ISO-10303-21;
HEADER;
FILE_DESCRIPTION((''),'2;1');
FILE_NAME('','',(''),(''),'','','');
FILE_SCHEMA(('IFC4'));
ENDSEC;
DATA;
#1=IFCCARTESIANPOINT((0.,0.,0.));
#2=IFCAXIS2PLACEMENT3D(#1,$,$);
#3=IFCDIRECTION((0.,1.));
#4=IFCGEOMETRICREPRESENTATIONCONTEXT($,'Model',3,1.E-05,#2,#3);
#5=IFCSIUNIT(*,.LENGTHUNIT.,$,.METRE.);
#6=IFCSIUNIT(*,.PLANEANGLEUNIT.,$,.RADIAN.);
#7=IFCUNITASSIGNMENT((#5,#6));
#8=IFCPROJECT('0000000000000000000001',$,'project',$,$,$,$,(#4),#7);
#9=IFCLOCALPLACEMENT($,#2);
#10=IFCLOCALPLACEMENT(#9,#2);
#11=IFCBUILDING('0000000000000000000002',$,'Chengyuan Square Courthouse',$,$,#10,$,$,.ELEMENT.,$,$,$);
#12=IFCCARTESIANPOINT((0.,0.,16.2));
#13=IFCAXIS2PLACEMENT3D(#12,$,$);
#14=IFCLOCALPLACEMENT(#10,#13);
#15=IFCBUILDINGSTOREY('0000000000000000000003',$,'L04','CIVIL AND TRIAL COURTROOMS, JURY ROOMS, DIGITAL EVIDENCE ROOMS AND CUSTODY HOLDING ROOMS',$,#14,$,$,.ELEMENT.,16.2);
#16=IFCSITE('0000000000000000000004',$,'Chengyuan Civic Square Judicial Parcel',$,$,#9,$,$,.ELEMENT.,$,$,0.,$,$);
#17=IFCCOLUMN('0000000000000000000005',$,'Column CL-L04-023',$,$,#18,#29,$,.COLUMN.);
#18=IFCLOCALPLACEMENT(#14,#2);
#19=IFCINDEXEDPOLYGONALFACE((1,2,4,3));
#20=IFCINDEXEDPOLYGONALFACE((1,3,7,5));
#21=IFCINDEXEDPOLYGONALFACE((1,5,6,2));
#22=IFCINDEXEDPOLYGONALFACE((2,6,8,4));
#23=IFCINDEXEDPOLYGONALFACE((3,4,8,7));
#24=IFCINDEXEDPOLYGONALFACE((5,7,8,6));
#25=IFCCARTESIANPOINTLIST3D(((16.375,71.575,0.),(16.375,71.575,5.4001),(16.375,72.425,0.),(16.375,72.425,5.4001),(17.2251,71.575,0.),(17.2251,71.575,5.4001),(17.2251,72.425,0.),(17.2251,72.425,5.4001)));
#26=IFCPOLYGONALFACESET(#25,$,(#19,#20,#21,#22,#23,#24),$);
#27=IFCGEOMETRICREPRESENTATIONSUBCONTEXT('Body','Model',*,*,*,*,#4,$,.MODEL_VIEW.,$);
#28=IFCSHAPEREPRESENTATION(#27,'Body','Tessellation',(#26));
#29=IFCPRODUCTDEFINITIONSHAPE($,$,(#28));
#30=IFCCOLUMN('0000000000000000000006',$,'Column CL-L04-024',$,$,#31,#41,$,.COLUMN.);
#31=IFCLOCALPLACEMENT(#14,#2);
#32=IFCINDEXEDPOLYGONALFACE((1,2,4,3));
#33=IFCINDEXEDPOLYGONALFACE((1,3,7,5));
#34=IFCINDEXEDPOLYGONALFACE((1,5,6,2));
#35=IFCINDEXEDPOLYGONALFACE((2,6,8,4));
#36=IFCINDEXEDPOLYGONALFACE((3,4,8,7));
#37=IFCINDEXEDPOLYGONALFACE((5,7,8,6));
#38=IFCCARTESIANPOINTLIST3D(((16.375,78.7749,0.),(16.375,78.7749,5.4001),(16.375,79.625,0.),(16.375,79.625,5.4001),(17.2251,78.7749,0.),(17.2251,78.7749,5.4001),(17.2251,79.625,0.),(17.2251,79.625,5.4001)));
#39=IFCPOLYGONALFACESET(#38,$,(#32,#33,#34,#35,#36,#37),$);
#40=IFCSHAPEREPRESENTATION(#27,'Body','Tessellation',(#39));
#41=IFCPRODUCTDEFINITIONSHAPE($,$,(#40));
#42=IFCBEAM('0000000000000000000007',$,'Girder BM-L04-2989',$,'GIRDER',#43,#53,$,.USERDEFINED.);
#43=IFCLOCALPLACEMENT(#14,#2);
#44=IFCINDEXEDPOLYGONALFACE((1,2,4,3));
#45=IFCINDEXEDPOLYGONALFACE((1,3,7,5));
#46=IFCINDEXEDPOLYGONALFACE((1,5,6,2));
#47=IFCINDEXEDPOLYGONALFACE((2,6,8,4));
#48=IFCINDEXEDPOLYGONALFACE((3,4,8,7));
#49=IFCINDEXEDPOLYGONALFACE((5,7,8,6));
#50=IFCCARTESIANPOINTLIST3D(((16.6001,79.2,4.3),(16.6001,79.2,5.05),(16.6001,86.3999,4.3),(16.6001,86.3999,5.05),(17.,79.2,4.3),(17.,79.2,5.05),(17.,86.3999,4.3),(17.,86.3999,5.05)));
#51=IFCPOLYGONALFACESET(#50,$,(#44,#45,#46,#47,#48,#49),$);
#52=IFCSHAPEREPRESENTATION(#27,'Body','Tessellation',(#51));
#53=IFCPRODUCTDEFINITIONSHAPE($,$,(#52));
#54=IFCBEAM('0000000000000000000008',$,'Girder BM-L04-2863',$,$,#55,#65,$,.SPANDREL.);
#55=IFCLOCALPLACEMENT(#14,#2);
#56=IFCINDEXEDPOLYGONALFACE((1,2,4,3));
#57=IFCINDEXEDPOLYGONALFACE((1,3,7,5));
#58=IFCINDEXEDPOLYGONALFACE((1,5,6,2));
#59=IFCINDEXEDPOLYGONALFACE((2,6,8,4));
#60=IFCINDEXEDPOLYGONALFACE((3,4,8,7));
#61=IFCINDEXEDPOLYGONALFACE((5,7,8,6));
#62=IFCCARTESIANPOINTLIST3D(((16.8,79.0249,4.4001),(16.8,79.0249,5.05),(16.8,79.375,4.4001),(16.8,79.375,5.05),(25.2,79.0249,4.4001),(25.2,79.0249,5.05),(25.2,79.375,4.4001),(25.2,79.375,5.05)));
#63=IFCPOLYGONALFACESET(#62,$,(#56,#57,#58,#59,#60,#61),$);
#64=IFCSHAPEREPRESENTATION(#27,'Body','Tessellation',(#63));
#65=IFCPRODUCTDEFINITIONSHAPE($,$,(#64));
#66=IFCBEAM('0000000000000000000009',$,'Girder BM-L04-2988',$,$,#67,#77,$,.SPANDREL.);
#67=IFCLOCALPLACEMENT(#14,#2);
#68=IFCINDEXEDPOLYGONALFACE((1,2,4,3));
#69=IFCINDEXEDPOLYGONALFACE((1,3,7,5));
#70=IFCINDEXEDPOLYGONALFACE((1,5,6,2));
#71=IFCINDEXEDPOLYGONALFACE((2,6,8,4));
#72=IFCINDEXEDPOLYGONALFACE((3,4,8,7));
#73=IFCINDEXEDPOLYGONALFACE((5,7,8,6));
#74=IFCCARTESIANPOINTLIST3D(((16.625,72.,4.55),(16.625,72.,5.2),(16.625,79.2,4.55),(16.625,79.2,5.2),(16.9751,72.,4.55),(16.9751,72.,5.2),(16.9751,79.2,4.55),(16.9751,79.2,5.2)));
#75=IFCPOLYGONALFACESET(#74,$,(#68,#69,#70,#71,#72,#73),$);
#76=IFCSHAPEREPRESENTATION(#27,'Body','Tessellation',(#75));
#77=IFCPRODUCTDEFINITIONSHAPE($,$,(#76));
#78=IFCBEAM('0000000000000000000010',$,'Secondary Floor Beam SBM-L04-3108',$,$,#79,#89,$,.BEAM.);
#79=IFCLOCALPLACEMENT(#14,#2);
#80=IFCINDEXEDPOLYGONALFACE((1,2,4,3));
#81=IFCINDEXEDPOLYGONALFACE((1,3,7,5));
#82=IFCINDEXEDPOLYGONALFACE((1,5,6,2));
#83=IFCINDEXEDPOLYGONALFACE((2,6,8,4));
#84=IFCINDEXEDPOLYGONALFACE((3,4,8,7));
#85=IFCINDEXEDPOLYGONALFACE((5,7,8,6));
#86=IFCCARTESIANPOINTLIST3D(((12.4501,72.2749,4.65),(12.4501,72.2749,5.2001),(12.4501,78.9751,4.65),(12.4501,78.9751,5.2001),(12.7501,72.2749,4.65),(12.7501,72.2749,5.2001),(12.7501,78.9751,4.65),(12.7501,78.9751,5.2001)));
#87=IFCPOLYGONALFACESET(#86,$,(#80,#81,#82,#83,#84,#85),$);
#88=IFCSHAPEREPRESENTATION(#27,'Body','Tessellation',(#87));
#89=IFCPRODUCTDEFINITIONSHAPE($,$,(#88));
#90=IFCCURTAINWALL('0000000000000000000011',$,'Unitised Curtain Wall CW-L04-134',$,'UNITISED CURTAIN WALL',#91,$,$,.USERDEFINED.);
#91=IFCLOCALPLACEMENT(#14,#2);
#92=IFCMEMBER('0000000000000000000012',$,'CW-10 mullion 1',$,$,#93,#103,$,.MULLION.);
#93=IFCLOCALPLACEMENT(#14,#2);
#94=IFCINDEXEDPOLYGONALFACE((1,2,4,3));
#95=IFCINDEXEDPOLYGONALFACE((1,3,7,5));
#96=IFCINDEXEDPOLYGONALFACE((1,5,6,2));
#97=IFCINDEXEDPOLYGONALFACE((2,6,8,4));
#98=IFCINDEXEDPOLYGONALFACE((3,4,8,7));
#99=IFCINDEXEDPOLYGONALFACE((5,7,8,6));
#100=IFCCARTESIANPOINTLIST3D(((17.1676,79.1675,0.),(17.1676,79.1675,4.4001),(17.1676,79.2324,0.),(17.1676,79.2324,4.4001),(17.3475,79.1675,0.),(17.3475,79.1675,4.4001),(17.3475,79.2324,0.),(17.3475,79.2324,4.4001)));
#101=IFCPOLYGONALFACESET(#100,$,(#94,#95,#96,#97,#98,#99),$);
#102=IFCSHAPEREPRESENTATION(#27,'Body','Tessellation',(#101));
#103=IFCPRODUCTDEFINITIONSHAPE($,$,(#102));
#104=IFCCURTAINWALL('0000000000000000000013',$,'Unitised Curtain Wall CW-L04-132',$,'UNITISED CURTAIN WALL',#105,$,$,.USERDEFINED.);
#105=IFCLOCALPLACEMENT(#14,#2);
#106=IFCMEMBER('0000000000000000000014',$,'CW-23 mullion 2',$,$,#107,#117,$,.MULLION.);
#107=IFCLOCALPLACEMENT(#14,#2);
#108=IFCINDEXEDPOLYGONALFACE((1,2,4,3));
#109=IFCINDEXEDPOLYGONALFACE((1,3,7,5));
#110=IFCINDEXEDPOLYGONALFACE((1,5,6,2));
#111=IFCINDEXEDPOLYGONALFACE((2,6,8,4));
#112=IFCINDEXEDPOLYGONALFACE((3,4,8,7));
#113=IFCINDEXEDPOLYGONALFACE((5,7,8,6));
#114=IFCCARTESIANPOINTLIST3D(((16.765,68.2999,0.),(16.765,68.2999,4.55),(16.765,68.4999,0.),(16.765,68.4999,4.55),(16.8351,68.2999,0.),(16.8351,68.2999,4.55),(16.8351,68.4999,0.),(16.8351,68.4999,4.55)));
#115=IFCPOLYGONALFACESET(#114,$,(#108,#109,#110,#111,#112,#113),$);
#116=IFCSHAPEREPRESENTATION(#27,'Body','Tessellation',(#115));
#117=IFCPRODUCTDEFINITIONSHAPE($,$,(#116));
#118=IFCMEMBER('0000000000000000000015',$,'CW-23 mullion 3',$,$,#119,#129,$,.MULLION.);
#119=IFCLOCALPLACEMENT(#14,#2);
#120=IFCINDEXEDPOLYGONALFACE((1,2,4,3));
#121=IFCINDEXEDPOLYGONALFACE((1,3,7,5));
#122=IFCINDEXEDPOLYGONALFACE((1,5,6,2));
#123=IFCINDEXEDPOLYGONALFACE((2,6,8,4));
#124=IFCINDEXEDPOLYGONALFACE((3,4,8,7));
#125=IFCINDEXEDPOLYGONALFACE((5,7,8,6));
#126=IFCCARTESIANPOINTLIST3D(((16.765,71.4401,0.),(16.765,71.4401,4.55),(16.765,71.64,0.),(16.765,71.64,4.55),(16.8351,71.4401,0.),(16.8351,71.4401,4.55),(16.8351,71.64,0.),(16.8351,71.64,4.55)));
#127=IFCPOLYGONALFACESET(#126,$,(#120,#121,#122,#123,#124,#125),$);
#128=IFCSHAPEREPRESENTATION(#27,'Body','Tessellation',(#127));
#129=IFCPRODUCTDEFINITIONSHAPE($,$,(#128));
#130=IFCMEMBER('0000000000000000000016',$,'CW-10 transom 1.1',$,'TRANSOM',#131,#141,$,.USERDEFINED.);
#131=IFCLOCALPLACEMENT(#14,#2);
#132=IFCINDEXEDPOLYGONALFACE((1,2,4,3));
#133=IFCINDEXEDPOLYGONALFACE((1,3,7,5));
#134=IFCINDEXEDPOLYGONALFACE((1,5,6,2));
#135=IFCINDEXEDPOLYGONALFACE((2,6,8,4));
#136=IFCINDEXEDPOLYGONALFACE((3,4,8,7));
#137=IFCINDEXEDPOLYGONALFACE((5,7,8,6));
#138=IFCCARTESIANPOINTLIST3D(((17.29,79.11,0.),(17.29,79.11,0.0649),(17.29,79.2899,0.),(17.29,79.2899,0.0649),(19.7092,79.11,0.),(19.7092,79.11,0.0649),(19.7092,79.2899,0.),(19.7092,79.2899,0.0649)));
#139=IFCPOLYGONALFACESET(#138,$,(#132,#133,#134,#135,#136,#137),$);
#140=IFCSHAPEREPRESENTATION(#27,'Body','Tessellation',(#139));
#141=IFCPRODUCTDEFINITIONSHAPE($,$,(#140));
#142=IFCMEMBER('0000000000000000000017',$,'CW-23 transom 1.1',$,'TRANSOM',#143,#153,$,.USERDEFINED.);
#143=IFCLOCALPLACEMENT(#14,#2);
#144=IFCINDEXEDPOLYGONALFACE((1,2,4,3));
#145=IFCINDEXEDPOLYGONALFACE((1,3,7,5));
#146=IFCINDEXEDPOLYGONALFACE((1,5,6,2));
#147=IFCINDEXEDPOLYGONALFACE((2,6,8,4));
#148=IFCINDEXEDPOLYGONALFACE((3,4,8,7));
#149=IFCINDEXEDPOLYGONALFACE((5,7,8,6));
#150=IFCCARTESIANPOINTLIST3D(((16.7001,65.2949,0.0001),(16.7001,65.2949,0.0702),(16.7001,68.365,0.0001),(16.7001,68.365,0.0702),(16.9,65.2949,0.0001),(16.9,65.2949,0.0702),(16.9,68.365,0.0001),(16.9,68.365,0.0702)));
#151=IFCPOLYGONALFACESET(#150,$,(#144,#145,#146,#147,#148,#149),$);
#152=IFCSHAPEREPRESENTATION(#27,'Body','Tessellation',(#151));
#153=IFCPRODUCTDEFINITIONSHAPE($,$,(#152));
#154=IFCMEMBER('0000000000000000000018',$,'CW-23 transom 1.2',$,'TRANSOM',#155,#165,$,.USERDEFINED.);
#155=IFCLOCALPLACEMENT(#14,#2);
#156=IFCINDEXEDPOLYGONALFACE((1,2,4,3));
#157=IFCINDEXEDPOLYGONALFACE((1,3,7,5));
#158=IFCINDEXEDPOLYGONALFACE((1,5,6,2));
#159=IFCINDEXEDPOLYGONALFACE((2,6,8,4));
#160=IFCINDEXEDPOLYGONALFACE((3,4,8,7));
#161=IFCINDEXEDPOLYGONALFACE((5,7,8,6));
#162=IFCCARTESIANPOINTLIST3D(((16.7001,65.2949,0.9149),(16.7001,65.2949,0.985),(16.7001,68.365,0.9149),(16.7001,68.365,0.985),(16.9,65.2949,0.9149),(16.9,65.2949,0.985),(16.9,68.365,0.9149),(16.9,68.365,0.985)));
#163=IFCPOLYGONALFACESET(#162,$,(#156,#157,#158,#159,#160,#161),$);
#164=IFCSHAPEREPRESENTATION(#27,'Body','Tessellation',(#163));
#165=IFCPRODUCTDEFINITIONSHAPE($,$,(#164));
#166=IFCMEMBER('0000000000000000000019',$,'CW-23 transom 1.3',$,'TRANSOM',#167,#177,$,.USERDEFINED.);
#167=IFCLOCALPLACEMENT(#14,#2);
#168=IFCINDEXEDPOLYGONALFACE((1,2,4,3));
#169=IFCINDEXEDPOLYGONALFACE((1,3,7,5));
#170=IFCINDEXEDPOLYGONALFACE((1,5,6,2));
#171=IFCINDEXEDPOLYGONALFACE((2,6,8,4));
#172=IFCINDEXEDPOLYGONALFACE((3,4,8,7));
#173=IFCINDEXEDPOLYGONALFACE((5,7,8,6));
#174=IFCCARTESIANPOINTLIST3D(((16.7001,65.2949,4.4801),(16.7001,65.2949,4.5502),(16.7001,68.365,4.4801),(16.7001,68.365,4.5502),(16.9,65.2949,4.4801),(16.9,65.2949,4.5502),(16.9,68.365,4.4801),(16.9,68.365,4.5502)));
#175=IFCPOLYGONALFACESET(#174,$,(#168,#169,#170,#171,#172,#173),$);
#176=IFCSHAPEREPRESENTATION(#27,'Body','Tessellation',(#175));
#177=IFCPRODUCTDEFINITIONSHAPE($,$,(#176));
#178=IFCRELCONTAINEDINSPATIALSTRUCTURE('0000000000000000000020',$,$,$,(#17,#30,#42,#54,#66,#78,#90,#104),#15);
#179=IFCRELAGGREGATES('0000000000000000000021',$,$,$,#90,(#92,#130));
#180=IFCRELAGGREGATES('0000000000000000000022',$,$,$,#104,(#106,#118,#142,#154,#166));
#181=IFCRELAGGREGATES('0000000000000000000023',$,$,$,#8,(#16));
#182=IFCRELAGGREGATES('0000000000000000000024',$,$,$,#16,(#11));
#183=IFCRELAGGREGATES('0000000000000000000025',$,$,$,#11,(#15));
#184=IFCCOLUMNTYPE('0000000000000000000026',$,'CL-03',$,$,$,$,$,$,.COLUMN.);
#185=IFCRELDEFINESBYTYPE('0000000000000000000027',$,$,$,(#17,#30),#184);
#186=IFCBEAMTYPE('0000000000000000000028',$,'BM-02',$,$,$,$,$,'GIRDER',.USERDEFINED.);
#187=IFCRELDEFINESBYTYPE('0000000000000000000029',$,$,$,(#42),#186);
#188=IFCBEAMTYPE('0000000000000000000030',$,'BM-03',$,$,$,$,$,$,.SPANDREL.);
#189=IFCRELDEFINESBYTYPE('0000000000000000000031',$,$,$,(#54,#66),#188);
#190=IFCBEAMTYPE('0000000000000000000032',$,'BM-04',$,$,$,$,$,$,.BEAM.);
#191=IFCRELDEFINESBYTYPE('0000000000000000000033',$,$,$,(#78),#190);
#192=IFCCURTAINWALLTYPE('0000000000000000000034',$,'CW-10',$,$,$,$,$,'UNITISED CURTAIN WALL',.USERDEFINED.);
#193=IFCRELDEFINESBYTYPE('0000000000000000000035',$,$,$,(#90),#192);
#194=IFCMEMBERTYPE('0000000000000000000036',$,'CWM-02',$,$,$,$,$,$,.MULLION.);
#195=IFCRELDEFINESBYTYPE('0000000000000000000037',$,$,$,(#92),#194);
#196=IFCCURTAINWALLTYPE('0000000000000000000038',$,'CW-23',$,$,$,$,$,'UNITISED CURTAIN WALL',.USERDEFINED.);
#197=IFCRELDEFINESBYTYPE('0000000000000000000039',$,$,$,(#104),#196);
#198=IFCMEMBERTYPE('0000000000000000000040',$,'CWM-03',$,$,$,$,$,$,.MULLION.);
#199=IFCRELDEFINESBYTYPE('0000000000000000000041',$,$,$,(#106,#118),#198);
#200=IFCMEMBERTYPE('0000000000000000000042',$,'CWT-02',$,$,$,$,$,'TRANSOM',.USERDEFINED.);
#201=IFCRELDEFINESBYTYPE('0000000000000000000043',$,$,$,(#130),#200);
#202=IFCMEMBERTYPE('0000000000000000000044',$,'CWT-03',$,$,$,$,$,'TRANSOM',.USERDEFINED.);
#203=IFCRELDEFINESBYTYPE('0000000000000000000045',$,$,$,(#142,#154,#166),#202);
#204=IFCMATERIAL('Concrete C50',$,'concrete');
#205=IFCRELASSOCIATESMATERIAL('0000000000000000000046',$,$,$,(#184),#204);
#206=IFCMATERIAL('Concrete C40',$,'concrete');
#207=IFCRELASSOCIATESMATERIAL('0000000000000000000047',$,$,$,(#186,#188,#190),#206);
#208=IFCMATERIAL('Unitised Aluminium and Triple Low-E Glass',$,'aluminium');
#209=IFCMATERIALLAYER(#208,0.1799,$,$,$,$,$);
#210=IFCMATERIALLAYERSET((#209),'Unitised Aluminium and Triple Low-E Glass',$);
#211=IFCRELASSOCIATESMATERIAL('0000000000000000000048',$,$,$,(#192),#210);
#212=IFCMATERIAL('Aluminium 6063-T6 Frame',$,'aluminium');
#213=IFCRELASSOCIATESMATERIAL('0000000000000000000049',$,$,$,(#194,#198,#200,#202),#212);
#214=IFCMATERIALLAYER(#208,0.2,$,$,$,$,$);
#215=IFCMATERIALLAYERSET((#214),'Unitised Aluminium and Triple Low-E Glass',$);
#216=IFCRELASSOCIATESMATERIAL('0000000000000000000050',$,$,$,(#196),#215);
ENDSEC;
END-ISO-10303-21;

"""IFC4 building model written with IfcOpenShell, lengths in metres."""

from ifc_helpers import new_model, si_unit, direction, frame, origin, origin_2d, place, context, subcontext, project, spatial, rectangle, extrude, material, layer, layer_set, material_profile, profile_set, type_object, element, aggregate, save


model = new_model("IFC4")

# Units and contexts
model_context = context("Model", 3, precision=1e-05, world=origin(), true_north=direction((0.0, 1.0)))
body_context = subcontext(model_context, "Body", "Model", "MODEL_VIEW")
ifc_project = project(units=[si_unit("LENGTHUNIT", "METRE"), si_unit("PLANEANGLEUNIT", "RADIAN")], contexts=[model_context])

# Site, building, storey
site_placement = place(None, origin())
site = spatial("IfcSite", under=ifc_project, at=site_placement, Name="Chengyuan Civic Square Judicial Parcel", CompositionType="ELEMENT", RefElevation=0.0)
building_placement = place(site_placement, origin())
building = spatial("IfcBuilding", under=site, at=building_placement, Name="Chengyuan Square Courthouse", CompositionType="ELEMENT")
storey_placement = place(building_placement, frame((0.0, 0.0, 16.2)))
storey = spatial("IfcBuildingStorey", under=building, at=storey_placement, Name="L04", Description="CIVIL AND TRIAL COURTROOMS, JURY ROOMS, DIGITAL EVIDENCE ROOMS AND CUSTODY HOLDING ROOMS", CompositionType="ELEMENT", Elevation=16.2)

# Columns
ifc_material_1 = material(Name="Concrete C50", Category="concrete")
ifc_material_profile_1 = material_profile(ifc_material_1, rectangle(XDim=0.8501, YDim=0.8501, at=origin_2d()), Name="RC-COL-850x850")
ifc_profile_set_1 = profile_set([ifc_material_profile_1], Name="Concrete C50")
column_type = type_object("IfcColumnType", Name="CL-03", PredefinedType="COLUMN", material=ifc_profile_set_1)
for number, where, z_axis, x_axis, name in (
    (1, (16.8, 72.0, 0.0), (0.0, 0.0, 1.0), (1.0, 0.0, 0.0), "Column CL-L04-023"),
    (2, (16.8, 79.2, 0.0), (0.0, 0.0, 1.0), (1.0, 0.0, 0.0), "Column CL-L04-024"),
):
    element("IfcColumn", number, at=place(storey_placement, frame(where, z_axis=z_axis, x_axis=x_axis)), inside=storey, type_object=column_type, Name=name, PredefinedType="COLUMN", context=body_context, shape_type="SweptSolid", body=[
        extrude(rectangle(XDim=0.8501, YDim=0.8501, at=origin_2d()), origin(), (0.0, 0.0, 1.0), 5.4001),
    ])

# Beams
ifc_material_2 = material(Name="Concrete C40", Category="concrete")
ifc_material_profile_2 = material_profile(ifc_material_2, rectangle(XDim=0.3999, YDim=0.75, at=origin_2d()), Name="RC-BM-400x750")
ifc_profile_set_2 = profile_set([ifc_material_profile_2], Name="Concrete C40")
beam_type_1 = type_object("IfcBeamType", Name="BM-02", ElementType="GIRDER", PredefinedType="USERDEFINED", material=ifc_profile_set_2)
beam_1_placement = place(storey_placement, frame((16.8, 79.2, 4.675), z_axis=(0.0, 1.0, 0.0), x_axis=(-1.0, 0.0, 0.0)))
element("IfcBeam", 3, at=beam_1_placement, inside=storey, type_object=beam_type_1, Name="Girder BM-L04-2989", ObjectType="GIRDER", PredefinedType="USERDEFINED", context=body_context, shape_type="SweptSolid", body=[
    extrude(rectangle(XDim=0.3999, YDim=0.75, at=origin_2d()), origin(), (0.0, 0.0, 1.0), 7.2),
])
ifc_material_profile_3 = material_profile(ifc_material_2, rectangle(XDim=0.3501, YDim=0.6499, at=origin_2d()), Name="RC-BM-350x650")
ifc_profile_set_3 = profile_set([ifc_material_profile_3], Name="Concrete C40")
beam_type_2 = type_object("IfcBeamType", Name="BM-03", PredefinedType="SPANDREL", material=ifc_profile_set_3)
beam_2_placement = place(storey_placement, frame((16.8, 79.2, 4.7251), z_axis=(1.0, 0.0, 0.0), x_axis=(0.0, 1.0, 0.0)))
element("IfcBeam", 4, at=beam_2_placement, inside=storey, type_object=beam_type_2, Name="Girder BM-L04-2863", PredefinedType="SPANDREL", context=body_context, shape_type="SweptSolid", body=[
    extrude(rectangle(XDim=0.3501, YDim=0.6499, at=origin_2d()), origin(), (0.0, 0.0, 1.0), 8.3999),
])
beam_3_placement = place(storey_placement, frame((16.8, 72.0, 4.875), z_axis=(0.0, 1.0, 0.0), x_axis=(-1.0, 0.0, 0.0)))
element("IfcBeam", 5, at=beam_3_placement, inside=storey, type_object=beam_type_2, Name="Girder BM-L04-2988", PredefinedType="SPANDREL", context=body_context, shape_type="SweptSolid", body=[
    extrude(rectangle(XDim=0.3501, YDim=0.6499, at=origin_2d()), origin(), (0.0, 0.0, 1.0), 7.2),
])
ifc_material_profile_4 = material_profile(ifc_material_2, rectangle(XDim=0.3, YDim=0.55, at=origin_2d()), Name="RC-BM-300x550")
ifc_profile_set_4 = profile_set([ifc_material_profile_4], Name="Concrete C40")
beam_type_3 = type_object("IfcBeamType", Name="BM-04", PredefinedType="BEAM", material=ifc_profile_set_4)
beam_4_placement = place(storey_placement, frame((12.6001, 72.2749, 4.925), z_axis=(0.0, 1.0, 0.0), x_axis=(-1.0, 0.0, 0.0)))
element("IfcBeam", 6, at=beam_4_placement, inside=storey, type_object=beam_type_3, Name="Secondary Floor Beam SBM-L04-3108", PredefinedType="BEAM", context=body_context, shape_type="SweptSolid", body=[
    extrude(rectangle(XDim=0.3, YDim=0.55, at=origin_2d()), origin(), (0.0, 0.0, 1.0), 6.7002),
])

# Curtain wall, member
ifc_material_3 = material(Name="Unitised Aluminium and Triple Low-E Glass", Category="aluminium")
ifc_layer_1 = layer(ifc_material_3, 0.1799)
ifc_layer_set_1 = layer_set([ifc_layer_1], Name="Unitised Aluminium and Triple Low-E Glass")
curtain_wall_type_1 = type_object("IfcCurtainWallType", Name="CW-10", ElementType="UNITISED CURTAIN WALL", PredefinedType="USERDEFINED", material=ifc_layer_set_1)
curtain_wall_1_placement = place(storey_placement, origin())
curtain_wall_1 = element("IfcCurtainWall", 7, at=curtain_wall_1_placement, inside=storey, type_object=curtain_wall_type_1, Name="Unitised Curtain Wall CW-L04-134", ObjectType="UNITISED CURTAIN WALL", PredefinedType="USERDEFINED")
ifc_material_4 = material(Name="Aluminium 6063-T6 Frame", Category="aluminium")
ifc_material_profile_5 = material_profile(ifc_material_4, rectangle(XDim=0.0649, YDim=0.1799, at=origin_2d()), Name="CW-MUL-65x180")
ifc_profile_set_5 = profile_set([ifc_material_profile_5], Name="Aluminium 6063-T6 Frame")
member_type_1 = type_object("IfcMemberType", Name="CWM-02", PredefinedType="MULLION", material=ifc_profile_set_5)
member_1_placement = place(storey_placement, frame((17.2576, 79.2, 0.0), z_axis=(0.0, 0.0, 1.0), x_axis=(0.0, 1.0, 0.0)))
member_1 = element("IfcMember", 8, at=member_1_placement, type_object=member_type_1, Name="CW-10 mullion 1", PredefinedType="MULLION", context=body_context, shape_type="SweptSolid", body=[
    extrude(rectangle(XDim=0.0649, YDim=0.1799, at=origin_2d()), origin(), (0.0, 0.0, 1.0), 4.4001),
])

# Curtain wall, members
ifc_layer_2 = layer(ifc_material_3, 0.2)
ifc_layer_set_2 = layer_set([ifc_layer_2], Name="Unitised Aluminium and Triple Low-E Glass")
curtain_wall_type_2 = type_object("IfcCurtainWallType", Name="CW-23", ElementType="UNITISED CURTAIN WALL", PredefinedType="USERDEFINED", material=ifc_layer_set_2)
curtain_wall_2_placement = place(storey_placement, origin())
curtain_wall_2 = element("IfcCurtainWall", 9, at=curtain_wall_2_placement, inside=storey, type_object=curtain_wall_type_2, Name="Unitised Curtain Wall CW-L04-132", ObjectType="UNITISED CURTAIN WALL", PredefinedType="USERDEFINED")
ifc_material_profile_6 = material_profile(ifc_material_4, rectangle(XDim=0.0701, YDim=0.2, at=origin_2d()), Name="CW-MUL-70x200")
ifc_profile_set_6 = profile_set([ifc_material_profile_6], Name="Aluminium 6063-T6 Frame")
member_type_2 = type_object("IfcMemberType", Name="CWM-03", PredefinedType="MULLION", material=ifc_profile_set_6)
member_2_placement = place(storey_placement, frame((16.8, 68.3999, 0.0), z_axis=(0.0, 0.0, 1.0), x_axis=(-1.0, 0.0, 0.0)))
member_2 = element("IfcMember", 10, at=member_2_placement, type_object=member_type_2, Name="CW-23 mullion 2", PredefinedType="MULLION", context=body_context, shape_type="SweptSolid", body=[
    extrude(rectangle(XDim=0.0701, YDim=0.2, at=origin_2d()), origin(), (0.0, 0.0, 1.0), 4.55),
])
member_3_placement = place(storey_placement, frame((16.8, 71.54, 0.0), z_axis=(0.0, 0.0, 1.0), x_axis=(-1.0, 0.0, 0.0)))
member_3 = element("IfcMember", 11, at=member_3_placement, type_object=member_type_2, Name="CW-23 mullion 3", PredefinedType="MULLION", context=body_context, shape_type="SweptSolid", body=[
    extrude(rectangle(XDim=0.0701, YDim=0.2, at=origin_2d()), origin(), (0.0, 0.0, 1.0), 4.55),
])

# Members
ifc_material_profile_7 = material_profile(ifc_material_4, rectangle(XDim=0.1799, YDim=0.0649, at=origin_2d()), Name="CW-TRN-65x140")
ifc_profile_set_7 = profile_set([ifc_material_profile_7], Name="Aluminium 6063-T6 Frame")
member_type_3 = type_object("IfcMemberType", Name="CWT-02", ElementType="TRANSOM", PredefinedType="USERDEFINED", material=ifc_profile_set_7)
member_4_placement = place(storey_placement, frame((17.29, 79.2, 0.0325), z_axis=(1.0, 0.0, 0.0), x_axis=(0.0, 1.0, 0.0)))
member_4 = element("IfcMember", 12, at=member_4_placement, type_object=member_type_3, Name="CW-10 transom 1.1", ObjectType="TRANSOM", PredefinedType="USERDEFINED", context=body_context, shape_type="SweptSolid", body=[
    extrude(rectangle(XDim=0.1799, YDim=0.0649, at=origin_2d()), origin(), (0.0, 0.0, 1.0), 2.4192),
])
aggregate(curtain_wall_1, [member_1, member_4])
ifc_material_profile_8 = material_profile(ifc_material_4, rectangle(XDim=0.2, YDim=0.0701, at=origin_2d()), Name="CW-TRN-70x160")
ifc_profile_set_8 = profile_set([ifc_material_profile_8], Name="Aluminium 6063-T6 Frame")
member_type_4 = type_object("IfcMemberType", Name="CWT-03", ElementType="TRANSOM", PredefinedType="USERDEFINED", material=ifc_profile_set_8)
member_5_placement = place(storey_placement, frame((16.8, 65.2949, 0.0352), z_axis=(0.0, 1.0, 0.0), x_axis=(-1.0, 0.0, 0.0)))
member_5 = element("IfcMember", 13, at=member_5_placement, type_object=member_type_4, Name="CW-23 transom 1.1", ObjectType="TRANSOM", PredefinedType="USERDEFINED", context=body_context, shape_type="SweptSolid", body=[
    extrude(rectangle(XDim=0.2, YDim=0.0701, at=origin_2d()), origin(), (0.0, 0.0, 1.0), 3.0701),
])
member_6_placement = place(storey_placement, frame((16.8, 65.2949, 0.95), z_axis=(0.0, 1.0, 0.0), x_axis=(-1.0, 0.0, 0.0)))
member_6 = element("IfcMember", 14, at=member_6_placement, type_object=member_type_4, Name="CW-23 transom 1.2", ObjectType="TRANSOM", PredefinedType="USERDEFINED", context=body_context, shape_type="SweptSolid", body=[
    extrude(rectangle(XDim=0.2, YDim=0.0701, at=origin_2d()), origin(), (0.0, 0.0, 1.0), 3.0701),
])
member_7_placement = place(storey_placement, frame((16.8, 65.2949, 4.5151), z_axis=(0.0, 1.0, 0.0), x_axis=(-1.0, 0.0, 0.0)))
member_7 = element("IfcMember", 15, at=member_7_placement, type_object=member_type_4, Name="CW-23 transom 1.3", ObjectType="TRANSOM", PredefinedType="USERDEFINED", context=body_context, shape_type="SweptSolid", body=[
    extrude(rectangle(XDim=0.2, YDim=0.0701, at=origin_2d()), origin(), (0.0, 0.0, 1.0), 3.0701),
])

aggregate(curtain_wall_2, [member_2, member_3, member_5, member_6, member_7])

save(model, "model.ifc")
